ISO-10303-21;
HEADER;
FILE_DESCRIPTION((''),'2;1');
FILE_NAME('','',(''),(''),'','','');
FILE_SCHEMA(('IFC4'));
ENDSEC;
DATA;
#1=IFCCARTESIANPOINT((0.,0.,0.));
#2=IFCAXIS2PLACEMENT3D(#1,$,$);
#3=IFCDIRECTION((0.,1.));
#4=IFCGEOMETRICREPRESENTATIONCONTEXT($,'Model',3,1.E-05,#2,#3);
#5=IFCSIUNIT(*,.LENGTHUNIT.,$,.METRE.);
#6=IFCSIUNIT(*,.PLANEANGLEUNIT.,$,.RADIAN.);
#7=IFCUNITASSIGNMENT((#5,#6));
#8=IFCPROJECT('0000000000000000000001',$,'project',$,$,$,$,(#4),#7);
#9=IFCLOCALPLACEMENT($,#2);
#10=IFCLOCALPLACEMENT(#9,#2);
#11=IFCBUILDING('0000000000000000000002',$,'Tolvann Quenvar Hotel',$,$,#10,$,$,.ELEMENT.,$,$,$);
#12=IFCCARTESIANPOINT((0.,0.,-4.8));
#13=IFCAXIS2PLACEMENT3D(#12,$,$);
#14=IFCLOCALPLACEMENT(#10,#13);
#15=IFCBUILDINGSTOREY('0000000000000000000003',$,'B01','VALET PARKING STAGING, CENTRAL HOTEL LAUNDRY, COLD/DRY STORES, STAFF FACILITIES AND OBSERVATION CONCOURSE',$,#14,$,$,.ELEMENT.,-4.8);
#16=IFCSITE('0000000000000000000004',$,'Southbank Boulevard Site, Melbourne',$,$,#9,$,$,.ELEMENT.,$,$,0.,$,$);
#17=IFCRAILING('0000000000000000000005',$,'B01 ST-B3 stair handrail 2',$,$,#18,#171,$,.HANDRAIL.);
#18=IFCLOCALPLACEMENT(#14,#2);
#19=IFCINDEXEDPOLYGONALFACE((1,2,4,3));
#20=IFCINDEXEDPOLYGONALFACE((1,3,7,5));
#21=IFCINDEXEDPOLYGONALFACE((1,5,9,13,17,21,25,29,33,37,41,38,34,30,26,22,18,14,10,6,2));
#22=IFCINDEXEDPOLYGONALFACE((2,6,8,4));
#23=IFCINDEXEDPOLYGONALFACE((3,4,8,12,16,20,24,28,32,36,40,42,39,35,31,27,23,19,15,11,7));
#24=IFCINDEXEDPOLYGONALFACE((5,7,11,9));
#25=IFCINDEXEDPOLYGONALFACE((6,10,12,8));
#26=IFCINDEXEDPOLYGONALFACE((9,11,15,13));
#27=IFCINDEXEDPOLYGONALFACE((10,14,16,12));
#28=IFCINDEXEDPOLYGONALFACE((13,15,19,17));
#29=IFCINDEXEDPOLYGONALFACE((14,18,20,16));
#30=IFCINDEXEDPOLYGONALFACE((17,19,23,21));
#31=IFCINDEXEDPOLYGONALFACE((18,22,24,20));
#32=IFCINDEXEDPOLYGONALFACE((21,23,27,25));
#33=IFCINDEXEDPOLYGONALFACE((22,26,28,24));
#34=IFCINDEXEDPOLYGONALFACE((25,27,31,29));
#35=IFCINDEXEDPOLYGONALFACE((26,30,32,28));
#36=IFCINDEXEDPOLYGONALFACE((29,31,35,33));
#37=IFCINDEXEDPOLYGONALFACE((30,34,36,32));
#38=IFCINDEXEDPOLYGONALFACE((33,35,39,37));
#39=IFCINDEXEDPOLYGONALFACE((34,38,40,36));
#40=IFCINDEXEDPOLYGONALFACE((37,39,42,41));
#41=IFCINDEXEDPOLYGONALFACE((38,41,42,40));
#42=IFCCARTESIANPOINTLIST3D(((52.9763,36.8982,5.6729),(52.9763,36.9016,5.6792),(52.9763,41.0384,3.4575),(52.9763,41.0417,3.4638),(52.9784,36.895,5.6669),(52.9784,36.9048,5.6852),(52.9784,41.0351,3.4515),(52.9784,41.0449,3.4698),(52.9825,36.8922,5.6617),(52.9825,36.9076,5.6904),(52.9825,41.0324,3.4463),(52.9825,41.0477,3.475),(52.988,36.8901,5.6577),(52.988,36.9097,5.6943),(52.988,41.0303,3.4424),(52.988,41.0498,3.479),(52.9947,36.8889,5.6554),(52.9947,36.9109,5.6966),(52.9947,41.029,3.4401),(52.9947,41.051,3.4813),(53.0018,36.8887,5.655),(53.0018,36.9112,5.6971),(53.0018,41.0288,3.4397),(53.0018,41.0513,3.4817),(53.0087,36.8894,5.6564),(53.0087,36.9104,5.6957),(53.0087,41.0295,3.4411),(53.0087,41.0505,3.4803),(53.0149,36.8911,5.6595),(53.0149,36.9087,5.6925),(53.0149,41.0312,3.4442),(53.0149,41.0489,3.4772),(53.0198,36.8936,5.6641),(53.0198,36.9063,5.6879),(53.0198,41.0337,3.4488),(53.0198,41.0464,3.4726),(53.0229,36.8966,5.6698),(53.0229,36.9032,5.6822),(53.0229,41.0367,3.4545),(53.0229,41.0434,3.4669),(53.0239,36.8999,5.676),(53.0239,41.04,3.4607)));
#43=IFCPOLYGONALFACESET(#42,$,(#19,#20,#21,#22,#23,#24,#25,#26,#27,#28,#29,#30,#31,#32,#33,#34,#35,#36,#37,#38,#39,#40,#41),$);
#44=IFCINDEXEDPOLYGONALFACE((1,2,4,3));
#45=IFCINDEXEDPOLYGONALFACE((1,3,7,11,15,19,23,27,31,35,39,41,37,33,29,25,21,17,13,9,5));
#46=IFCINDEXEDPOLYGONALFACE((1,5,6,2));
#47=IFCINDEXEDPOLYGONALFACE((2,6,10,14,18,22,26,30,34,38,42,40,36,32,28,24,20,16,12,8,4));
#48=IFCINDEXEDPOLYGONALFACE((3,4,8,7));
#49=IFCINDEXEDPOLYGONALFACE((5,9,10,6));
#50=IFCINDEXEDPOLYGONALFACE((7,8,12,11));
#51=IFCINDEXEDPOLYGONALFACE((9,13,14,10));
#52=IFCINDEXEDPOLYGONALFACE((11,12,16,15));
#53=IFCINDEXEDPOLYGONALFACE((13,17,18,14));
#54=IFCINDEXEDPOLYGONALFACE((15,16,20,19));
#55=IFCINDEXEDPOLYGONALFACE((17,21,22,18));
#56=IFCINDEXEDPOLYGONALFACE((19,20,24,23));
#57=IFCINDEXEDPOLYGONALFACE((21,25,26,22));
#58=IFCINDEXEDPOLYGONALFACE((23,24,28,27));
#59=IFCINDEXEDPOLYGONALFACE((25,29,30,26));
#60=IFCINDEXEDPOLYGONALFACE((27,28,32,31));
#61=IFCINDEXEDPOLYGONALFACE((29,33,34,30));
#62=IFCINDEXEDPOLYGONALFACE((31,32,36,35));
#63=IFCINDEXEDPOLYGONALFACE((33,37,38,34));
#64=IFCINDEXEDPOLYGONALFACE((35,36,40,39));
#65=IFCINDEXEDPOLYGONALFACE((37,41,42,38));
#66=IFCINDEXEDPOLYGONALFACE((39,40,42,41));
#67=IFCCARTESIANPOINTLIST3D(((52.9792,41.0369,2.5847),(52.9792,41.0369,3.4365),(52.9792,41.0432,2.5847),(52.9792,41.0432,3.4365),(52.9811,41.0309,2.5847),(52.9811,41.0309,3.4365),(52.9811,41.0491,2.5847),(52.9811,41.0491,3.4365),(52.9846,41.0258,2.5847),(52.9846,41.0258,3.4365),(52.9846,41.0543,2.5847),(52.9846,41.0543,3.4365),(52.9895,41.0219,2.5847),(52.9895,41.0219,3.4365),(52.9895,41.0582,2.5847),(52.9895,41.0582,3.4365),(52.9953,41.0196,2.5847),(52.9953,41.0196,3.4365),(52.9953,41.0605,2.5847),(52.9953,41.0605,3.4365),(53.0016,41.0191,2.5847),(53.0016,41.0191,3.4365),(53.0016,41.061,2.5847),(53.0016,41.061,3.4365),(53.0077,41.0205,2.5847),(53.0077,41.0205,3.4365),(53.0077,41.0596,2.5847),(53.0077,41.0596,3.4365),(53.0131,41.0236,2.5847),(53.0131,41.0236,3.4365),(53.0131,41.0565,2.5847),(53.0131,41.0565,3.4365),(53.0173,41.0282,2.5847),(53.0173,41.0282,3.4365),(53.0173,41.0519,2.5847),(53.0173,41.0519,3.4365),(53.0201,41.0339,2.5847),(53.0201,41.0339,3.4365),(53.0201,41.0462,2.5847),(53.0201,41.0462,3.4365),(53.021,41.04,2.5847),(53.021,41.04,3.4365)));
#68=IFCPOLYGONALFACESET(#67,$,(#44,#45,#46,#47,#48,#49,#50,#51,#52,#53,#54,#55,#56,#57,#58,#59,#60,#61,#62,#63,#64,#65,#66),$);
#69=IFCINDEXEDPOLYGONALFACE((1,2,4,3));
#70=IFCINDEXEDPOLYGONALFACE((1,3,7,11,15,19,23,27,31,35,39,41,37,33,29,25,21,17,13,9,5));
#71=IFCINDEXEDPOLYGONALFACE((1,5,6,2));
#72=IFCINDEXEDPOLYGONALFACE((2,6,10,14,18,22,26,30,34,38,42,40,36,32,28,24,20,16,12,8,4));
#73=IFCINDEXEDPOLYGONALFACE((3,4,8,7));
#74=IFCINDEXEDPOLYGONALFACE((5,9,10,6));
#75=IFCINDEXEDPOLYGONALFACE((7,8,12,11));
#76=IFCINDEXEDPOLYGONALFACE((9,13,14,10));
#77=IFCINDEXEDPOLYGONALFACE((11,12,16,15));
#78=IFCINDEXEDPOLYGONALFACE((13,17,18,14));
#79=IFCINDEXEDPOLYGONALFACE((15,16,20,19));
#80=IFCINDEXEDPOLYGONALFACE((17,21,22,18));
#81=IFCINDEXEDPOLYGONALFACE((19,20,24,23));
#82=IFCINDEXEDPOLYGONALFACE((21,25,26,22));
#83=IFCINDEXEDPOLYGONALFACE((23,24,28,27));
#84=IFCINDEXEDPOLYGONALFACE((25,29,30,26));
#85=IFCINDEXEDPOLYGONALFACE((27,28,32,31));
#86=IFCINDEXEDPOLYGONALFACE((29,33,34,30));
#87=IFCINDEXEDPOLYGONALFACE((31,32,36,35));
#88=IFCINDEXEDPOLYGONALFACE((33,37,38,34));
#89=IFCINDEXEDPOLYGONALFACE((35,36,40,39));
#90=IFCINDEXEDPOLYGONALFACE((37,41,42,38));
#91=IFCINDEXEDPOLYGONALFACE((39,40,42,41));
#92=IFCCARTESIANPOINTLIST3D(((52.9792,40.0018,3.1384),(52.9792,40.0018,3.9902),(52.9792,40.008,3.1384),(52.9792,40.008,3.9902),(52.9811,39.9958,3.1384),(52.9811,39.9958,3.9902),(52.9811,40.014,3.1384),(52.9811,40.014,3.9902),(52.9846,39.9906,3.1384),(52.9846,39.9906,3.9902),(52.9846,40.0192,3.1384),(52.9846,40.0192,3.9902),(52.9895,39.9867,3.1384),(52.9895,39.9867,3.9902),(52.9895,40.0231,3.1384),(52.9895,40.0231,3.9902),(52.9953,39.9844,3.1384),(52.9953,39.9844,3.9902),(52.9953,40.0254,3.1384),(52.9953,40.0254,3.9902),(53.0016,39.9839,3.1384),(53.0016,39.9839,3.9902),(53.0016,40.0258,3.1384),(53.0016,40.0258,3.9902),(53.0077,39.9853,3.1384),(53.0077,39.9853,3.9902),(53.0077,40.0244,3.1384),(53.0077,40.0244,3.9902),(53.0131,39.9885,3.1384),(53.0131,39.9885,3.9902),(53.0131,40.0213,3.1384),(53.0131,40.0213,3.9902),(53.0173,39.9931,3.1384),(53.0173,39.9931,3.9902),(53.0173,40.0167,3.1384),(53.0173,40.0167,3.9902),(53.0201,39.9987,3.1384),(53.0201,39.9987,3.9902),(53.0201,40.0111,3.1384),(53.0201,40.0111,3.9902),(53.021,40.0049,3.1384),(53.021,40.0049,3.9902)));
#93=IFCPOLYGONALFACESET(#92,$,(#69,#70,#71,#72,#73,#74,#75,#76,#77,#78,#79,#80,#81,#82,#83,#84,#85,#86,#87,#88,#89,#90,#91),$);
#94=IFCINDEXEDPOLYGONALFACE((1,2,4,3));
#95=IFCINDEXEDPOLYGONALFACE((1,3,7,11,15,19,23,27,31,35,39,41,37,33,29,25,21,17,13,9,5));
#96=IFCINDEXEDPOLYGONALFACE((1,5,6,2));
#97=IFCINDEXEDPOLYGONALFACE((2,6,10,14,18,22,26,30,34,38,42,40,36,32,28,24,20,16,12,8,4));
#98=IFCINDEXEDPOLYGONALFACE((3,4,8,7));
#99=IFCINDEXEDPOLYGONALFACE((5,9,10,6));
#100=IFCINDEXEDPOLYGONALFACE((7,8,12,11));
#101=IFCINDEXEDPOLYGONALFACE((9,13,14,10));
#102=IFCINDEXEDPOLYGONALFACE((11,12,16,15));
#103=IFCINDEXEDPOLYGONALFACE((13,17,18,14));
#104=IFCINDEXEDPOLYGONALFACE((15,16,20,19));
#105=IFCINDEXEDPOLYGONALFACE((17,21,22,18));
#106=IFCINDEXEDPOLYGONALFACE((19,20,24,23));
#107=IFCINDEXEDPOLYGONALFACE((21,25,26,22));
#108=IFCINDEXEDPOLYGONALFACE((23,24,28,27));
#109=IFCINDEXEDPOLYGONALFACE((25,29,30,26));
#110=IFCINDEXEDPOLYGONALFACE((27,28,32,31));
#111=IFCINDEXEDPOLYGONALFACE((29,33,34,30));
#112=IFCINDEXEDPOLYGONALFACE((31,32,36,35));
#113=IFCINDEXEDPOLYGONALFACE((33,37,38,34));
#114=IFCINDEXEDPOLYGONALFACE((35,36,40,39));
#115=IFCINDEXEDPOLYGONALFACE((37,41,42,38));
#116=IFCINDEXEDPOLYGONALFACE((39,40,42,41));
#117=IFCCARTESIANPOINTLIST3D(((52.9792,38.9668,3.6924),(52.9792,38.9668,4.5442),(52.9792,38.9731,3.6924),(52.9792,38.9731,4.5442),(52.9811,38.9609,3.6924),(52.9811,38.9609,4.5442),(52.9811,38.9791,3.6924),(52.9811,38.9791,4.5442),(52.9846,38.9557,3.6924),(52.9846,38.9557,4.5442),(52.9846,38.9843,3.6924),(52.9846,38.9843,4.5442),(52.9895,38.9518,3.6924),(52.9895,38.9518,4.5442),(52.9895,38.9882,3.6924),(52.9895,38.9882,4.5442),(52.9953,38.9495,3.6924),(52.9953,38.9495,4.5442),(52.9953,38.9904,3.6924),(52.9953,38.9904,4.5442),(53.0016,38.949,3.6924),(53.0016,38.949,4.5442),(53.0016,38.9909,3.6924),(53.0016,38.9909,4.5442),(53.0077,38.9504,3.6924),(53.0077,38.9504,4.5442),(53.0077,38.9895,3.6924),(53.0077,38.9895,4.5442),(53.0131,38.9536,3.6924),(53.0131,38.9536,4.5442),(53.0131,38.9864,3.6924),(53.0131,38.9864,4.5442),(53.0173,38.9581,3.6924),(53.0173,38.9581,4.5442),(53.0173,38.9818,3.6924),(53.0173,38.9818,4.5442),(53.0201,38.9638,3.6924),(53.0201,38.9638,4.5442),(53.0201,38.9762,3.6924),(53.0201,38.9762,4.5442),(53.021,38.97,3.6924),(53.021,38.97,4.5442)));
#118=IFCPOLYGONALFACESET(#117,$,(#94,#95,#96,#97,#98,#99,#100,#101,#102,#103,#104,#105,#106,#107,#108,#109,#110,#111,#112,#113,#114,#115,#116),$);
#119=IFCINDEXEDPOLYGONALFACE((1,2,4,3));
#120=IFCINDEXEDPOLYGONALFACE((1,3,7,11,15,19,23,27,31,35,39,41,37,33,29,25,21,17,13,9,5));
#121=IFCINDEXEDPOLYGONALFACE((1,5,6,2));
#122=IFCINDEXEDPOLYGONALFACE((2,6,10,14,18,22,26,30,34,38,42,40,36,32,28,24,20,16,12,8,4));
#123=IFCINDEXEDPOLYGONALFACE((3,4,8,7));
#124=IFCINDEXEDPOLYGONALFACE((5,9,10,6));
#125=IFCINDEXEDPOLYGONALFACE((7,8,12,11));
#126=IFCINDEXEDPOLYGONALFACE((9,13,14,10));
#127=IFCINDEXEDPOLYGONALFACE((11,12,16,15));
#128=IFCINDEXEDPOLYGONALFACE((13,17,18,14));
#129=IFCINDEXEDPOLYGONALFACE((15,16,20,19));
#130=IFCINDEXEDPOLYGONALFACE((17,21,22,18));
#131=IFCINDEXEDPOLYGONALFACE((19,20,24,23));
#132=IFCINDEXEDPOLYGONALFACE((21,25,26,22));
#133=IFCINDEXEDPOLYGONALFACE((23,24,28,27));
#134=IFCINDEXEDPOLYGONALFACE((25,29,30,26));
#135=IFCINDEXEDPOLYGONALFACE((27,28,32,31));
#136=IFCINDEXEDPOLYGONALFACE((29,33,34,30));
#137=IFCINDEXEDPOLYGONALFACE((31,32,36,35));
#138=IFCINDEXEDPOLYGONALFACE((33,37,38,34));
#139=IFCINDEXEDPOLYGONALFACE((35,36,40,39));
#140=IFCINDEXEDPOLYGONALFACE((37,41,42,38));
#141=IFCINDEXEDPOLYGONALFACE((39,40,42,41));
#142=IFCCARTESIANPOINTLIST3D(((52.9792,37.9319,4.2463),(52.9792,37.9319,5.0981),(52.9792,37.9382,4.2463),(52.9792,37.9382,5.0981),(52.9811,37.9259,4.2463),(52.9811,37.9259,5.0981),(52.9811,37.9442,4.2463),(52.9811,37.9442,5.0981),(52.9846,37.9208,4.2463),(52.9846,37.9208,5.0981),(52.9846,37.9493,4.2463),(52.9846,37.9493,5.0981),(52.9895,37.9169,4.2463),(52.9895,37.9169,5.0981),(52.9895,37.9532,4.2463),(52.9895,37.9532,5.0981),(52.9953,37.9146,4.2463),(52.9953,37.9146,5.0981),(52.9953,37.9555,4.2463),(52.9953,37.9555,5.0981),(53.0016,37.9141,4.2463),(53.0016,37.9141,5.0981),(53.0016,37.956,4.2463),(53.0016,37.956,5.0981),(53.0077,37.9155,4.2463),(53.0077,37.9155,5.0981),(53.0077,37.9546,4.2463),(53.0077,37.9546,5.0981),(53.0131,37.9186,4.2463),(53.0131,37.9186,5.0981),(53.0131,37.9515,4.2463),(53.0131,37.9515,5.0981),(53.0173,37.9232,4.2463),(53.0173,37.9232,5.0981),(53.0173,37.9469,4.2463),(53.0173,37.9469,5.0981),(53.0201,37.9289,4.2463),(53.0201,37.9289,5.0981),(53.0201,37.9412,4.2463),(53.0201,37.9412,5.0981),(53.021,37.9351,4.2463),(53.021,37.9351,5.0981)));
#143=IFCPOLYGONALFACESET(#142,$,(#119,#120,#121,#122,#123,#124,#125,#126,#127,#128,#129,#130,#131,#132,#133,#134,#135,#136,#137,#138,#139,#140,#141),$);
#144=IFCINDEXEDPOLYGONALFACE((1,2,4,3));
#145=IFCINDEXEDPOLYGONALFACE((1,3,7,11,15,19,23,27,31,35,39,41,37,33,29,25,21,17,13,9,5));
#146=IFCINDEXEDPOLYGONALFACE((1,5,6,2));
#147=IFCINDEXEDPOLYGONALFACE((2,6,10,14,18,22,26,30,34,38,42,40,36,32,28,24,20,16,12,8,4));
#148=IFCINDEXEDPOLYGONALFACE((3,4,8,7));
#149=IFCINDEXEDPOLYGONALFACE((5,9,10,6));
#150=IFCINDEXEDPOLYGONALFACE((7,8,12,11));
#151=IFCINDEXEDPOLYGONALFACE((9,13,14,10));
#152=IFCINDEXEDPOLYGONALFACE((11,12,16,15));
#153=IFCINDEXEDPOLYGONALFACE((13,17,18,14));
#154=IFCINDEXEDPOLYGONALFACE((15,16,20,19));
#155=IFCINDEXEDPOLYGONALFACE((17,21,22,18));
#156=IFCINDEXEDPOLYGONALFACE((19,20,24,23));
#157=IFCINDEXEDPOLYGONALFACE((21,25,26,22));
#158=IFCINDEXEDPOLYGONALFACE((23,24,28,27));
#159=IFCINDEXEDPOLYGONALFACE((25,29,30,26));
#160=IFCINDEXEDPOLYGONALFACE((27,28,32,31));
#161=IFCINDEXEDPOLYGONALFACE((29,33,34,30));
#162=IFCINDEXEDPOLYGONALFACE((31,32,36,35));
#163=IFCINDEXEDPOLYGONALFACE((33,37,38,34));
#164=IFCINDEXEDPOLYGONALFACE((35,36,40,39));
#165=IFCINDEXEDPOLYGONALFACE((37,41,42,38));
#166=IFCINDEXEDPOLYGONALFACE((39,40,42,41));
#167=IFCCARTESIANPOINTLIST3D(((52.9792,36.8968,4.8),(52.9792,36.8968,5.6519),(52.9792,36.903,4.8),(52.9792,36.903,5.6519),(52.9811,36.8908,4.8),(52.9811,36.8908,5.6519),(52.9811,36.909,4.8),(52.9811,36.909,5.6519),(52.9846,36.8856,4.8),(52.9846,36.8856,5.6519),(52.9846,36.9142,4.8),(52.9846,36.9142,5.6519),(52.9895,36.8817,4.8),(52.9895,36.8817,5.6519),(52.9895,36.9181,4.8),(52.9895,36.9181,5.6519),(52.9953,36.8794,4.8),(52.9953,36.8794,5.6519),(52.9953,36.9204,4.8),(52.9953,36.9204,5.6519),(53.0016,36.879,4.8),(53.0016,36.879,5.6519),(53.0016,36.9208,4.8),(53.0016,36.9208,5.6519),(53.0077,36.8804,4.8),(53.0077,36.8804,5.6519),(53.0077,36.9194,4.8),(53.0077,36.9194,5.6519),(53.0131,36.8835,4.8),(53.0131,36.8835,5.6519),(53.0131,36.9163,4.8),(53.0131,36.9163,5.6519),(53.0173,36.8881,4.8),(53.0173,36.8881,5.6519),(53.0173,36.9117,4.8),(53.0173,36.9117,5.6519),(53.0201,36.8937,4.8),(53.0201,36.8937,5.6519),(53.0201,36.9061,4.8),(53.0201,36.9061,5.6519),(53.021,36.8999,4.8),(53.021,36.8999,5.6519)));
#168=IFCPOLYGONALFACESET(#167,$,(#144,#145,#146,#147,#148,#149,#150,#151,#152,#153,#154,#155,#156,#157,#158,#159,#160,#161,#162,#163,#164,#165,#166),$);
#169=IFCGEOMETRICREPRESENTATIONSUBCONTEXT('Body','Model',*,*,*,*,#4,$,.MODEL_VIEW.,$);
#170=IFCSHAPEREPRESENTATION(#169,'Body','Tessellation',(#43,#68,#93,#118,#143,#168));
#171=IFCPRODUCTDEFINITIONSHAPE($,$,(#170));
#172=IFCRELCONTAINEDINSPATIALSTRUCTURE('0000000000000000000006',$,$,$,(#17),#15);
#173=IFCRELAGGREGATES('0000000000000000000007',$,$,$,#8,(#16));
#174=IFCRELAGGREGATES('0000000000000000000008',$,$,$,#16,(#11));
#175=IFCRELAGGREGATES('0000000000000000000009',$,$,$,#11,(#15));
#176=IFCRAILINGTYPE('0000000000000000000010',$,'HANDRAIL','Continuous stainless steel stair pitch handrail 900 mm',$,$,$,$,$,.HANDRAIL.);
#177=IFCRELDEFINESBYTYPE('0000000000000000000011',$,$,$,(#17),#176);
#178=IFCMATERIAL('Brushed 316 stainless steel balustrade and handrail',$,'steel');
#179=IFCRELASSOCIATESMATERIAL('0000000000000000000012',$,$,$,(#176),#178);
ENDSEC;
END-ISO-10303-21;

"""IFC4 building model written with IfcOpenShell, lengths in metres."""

from ifc_helpers import new_model, si_unit, direction, frame, origin, origin_2d, place, context, subcontext, project, spatial, circle, extrude, material, type_object, element, save


model = new_model("IFC4")

# Units and contexts
model_context = context("Model", 3, precision=1e-05, world=origin(), true_north=direction((0.0, 1.0)))
body_context = subcontext(model_context, "Body", "Model", "MODEL_VIEW")
ifc_project = project(units=[si_unit("LENGTHUNIT", "METRE"), si_unit("PLANEANGLEUNIT", "RADIAN")], contexts=[model_context])

# Site, building, storey
site_placement = place(None, origin())
site = spatial("IfcSite", under=ifc_project, at=site_placement, Name="Southbank Boulevard Site, Melbourne", CompositionType="ELEMENT", RefElevation=0.0)
building_placement = place(site_placement, origin())
building = spatial("IfcBuilding", under=site, at=building_placement, Name="Tolvann Quenvar Hotel", CompositionType="ELEMENT")
storey_placement = place(building_placement, frame((0.0, 0.0, -4.8)))
storey = spatial("IfcBuildingStorey", under=building, at=storey_placement, Name="B01", Description="VALET PARKING STAGING, CENTRAL HOTEL LAUNDRY, COLD/DRY STORES, STAFF FACILITIES AND OBSERVATION CONCOURSE", CompositionType="ELEMENT", Elevation=-4.8)

# Railing
ifc_material_1 = material(Name="Brushed 316 stainless steel balustrade and handrail", Category="steel")
railing_type_1 = type_object("IfcRailingType", Name="HANDRAIL", Description="Continuous stainless steel stair pitch handrail 900 mm", PredefinedType="HANDRAIL", material=ifc_material_1)
railing_1_placement = place(storey_placement, frame((53.0, 41.04, 2.5847)))
element("IfcRailing", 1, at=railing_1_placement, inside=storey, type_object=railing_type_1, Name="B01 ST-B3 stair handrail 2", PredefinedType="HANDRAIL", context=body_context, shape_type="SweptSolid", body=[
    extrude(circle(Radius=0.0239, at=origin_2d()), frame((0.0, 0.0, 0.876), z_axis=(0.0, -0.88171, 0.471791), x_axis=(1.0, 0.0, 0.0)), (0.0, 0.0, 1.0), 4.6956),
    extrude(circle(Radius=0.021, at=origin_2d()), origin(), (0.0, 0.0, 1.0), 0.8518),
    extrude(circle(Radius=0.021, at=origin_2d()), frame((0.0, -1.0352, 0.5537)), (0.0, 0.0, 1.0), 0.8518),
    extrude(circle(Radius=0.021, at=origin_2d()), frame((0.0, -2.0701, 1.1077)), (0.0, 0.0, 1.0), 0.8518),
    extrude(circle(Radius=0.021, at=origin_2d()), frame((0.0, -3.105, 1.6616)), (0.0, 0.0, 1.0), 0.8518),
    extrude(circle(Radius=0.021, at=origin_2d()), frame((0.0, -4.1401, 2.2153)), (0.0, 0.0, 1.0), 0.8518),
])

save(model, "model.ifc")
